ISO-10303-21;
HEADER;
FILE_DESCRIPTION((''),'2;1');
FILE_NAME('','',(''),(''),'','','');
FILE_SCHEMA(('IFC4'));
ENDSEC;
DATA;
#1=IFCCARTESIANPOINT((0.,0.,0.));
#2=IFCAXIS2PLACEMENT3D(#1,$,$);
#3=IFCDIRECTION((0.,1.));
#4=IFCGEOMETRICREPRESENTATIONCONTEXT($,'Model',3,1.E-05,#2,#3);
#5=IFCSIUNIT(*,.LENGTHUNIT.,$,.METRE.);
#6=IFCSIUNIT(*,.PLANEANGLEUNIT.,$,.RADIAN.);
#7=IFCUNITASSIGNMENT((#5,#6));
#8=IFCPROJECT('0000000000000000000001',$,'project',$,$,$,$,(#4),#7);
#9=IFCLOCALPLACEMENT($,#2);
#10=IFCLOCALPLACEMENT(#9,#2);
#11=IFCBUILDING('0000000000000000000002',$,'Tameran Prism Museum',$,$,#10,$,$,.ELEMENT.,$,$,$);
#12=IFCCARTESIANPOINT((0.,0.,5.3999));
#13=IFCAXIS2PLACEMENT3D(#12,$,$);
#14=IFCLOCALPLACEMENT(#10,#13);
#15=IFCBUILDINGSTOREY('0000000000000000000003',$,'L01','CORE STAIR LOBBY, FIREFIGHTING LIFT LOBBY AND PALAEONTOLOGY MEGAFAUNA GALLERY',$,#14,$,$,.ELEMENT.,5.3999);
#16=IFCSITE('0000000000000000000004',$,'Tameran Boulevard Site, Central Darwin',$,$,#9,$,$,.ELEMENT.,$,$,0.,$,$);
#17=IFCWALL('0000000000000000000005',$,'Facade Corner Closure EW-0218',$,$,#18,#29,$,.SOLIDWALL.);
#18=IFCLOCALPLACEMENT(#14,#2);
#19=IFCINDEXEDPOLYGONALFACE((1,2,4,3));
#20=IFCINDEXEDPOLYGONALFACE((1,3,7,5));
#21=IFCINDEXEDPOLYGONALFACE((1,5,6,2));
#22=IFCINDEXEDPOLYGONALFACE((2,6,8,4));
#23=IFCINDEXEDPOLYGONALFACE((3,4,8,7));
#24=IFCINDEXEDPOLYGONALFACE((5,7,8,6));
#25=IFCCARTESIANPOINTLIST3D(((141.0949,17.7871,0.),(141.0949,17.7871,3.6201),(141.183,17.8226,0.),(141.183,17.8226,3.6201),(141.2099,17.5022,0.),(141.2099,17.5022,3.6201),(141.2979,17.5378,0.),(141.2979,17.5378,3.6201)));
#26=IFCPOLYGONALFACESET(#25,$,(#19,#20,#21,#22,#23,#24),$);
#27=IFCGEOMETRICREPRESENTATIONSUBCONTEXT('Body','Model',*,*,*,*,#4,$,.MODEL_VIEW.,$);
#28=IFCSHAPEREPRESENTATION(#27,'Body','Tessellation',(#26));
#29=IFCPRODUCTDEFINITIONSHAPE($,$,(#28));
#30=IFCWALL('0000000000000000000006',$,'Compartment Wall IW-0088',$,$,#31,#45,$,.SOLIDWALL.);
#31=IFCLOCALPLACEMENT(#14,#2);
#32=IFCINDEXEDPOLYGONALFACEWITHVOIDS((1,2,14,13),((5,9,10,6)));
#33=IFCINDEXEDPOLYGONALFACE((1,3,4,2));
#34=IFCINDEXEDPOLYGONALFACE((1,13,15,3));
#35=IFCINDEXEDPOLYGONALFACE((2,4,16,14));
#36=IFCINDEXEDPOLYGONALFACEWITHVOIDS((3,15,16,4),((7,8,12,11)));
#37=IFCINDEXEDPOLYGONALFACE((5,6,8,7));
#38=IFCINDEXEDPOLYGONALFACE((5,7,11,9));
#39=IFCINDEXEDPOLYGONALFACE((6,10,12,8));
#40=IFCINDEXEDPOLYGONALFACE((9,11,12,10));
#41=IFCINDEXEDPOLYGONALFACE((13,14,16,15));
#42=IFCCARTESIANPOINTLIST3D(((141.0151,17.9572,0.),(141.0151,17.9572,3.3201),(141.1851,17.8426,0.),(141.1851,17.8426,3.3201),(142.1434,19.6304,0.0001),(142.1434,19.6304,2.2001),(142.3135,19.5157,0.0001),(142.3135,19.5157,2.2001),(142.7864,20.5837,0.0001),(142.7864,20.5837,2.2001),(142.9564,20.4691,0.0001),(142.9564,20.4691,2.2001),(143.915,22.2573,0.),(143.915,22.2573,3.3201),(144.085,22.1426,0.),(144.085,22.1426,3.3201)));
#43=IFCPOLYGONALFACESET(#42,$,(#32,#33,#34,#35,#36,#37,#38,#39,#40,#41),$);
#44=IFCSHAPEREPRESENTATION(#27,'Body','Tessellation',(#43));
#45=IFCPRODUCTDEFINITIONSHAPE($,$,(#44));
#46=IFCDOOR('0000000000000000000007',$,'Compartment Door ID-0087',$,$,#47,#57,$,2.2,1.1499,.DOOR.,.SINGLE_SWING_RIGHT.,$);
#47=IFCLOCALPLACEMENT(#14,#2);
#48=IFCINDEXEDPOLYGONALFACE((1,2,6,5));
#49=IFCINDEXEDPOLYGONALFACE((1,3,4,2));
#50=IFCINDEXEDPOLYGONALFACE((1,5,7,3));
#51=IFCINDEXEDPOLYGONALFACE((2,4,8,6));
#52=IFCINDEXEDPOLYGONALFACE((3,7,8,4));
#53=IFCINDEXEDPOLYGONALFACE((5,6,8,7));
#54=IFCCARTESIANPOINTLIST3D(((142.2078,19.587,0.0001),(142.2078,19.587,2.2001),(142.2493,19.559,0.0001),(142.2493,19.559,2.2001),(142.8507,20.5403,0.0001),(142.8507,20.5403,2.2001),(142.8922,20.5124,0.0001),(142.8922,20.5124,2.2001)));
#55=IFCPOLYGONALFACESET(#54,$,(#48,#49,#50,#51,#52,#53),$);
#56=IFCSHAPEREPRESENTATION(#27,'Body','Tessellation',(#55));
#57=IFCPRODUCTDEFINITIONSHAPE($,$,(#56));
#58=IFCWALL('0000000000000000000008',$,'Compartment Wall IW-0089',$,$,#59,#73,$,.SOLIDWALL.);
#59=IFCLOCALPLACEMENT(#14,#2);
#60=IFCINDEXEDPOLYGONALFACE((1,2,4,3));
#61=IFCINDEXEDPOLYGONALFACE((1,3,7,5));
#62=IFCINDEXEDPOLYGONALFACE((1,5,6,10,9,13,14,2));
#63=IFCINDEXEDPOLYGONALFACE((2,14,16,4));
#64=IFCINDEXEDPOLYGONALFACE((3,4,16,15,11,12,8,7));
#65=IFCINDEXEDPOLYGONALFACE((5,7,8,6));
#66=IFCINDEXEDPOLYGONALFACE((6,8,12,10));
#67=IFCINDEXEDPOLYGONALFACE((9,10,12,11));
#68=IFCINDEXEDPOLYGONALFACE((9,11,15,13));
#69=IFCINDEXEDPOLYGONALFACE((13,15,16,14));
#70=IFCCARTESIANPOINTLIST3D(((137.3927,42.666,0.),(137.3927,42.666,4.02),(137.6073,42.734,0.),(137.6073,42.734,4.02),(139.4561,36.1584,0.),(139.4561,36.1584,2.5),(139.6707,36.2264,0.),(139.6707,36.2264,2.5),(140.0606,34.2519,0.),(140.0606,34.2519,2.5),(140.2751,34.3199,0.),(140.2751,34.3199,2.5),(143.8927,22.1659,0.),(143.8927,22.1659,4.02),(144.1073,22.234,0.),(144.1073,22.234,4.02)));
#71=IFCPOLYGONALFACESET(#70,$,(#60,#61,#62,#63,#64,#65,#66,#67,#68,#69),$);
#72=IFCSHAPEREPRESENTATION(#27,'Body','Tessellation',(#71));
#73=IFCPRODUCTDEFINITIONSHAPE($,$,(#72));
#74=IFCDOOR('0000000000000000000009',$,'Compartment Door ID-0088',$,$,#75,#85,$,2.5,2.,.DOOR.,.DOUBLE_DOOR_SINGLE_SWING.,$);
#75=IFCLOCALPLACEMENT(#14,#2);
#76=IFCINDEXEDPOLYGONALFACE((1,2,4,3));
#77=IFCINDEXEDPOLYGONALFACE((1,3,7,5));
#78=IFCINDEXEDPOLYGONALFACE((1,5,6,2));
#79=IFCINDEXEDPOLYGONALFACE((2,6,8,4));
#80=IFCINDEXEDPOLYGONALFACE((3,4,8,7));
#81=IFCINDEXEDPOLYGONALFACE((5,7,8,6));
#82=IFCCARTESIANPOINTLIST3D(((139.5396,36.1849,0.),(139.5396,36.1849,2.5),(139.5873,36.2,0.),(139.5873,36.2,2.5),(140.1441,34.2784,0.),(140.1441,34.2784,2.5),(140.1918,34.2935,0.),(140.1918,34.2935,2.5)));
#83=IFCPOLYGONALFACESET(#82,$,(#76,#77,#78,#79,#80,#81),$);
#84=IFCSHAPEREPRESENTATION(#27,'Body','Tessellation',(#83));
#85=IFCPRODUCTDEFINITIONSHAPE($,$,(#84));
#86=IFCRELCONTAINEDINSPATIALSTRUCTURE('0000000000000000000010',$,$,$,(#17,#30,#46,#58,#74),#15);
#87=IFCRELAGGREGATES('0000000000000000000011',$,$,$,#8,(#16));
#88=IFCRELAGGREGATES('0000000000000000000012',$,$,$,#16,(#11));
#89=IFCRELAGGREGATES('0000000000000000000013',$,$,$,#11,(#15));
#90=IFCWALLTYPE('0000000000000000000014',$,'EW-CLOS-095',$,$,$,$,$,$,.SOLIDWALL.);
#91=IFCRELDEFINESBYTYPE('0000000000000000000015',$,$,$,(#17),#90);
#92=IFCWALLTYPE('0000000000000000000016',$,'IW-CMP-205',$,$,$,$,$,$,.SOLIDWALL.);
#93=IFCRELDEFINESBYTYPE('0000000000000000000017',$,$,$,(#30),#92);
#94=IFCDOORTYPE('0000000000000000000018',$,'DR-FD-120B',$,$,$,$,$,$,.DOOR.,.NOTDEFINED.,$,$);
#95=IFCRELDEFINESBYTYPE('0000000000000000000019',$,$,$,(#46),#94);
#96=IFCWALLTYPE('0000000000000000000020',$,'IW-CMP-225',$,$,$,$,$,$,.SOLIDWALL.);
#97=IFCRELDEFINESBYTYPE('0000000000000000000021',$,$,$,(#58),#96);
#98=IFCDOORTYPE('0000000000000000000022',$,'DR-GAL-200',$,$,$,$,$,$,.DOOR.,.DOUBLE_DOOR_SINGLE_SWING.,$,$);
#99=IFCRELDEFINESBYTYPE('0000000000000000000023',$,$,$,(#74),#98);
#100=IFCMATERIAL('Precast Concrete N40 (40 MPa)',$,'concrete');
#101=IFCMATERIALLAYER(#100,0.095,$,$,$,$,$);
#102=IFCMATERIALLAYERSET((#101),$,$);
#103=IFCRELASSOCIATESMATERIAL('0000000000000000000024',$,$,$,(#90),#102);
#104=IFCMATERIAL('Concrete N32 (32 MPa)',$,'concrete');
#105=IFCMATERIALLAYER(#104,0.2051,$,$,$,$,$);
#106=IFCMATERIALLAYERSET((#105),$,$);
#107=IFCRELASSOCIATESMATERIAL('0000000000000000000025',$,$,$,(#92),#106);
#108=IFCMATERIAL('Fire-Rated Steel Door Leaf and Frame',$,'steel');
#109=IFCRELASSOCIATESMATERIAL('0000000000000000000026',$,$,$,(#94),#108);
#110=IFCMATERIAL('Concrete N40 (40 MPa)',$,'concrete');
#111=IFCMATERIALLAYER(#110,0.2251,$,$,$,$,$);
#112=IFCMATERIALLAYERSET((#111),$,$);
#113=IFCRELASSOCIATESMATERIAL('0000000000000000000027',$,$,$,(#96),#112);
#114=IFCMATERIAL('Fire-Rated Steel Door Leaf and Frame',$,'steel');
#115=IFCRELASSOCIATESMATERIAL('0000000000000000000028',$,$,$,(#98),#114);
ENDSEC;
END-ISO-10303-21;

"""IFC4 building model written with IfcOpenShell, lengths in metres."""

from ifc_helpers import new_model, si_unit, direction, frame, frame_2d, origin, place, context, subcontext, project, spatial, rectangle, extrude, material, layer, layer_set, type_object, element, fill, save


model = new_model("IFC4")

# Units and contexts
model_context = context("Model", 3, precision=1e-05, world=origin(), true_north=direction((0.0, 1.0)))
body_context = subcontext(model_context, "Body", "Model", "MODEL_VIEW")
ifc_project = project(units=[si_unit("LENGTHUNIT", "METRE"), si_unit("PLANEANGLEUNIT", "RADIAN")], contexts=[model_context])

# Site, building, storey
site_placement = place(None, origin())
site = spatial("IfcSite", under=ifc_project, at=site_placement, Name="Tameran Boulevard Site, Central Darwin", CompositionType="ELEMENT", RefElevation=0.0)
building_placement = place(site_placement, origin())
building = spatial("IfcBuilding", under=site, at=building_placement, Name="Tameran Prism Museum", CompositionType="ELEMENT")
storey_placement = place(building_placement, frame((0.0, 0.0, 5.3999)))
storey = spatial("IfcBuildingStorey", under=building, at=storey_placement, Name="L01", Description="CORE STAIR LOBBY, FIREFIGHTING LIFT LOBBY AND PALAEONTOLOGY MEGAFAUNA GALLERY", CompositionType="ELEMENT", Elevation=5.3999)

# Wall
ifc_material_1 = material(Name="Precast Concrete N40 (40 MPa)", Category="concrete")
ifc_layer_1 = layer(ifc_material_1, 0.095)
ifc_layer_set_1 = layer_set([ifc_layer_1])
wall_type_1 = type_object("IfcWallType", Name="EW-CLOS-095", PredefinedType="SOLIDWALL", material=ifc_layer_set_1)
wall_1_placement = place(storey_placement, frame((141.2539, 17.52, 0.0), z_axis=(0.0, 0.0, 1.0), x_axis=(-0.374266, 0.927321, 0.0)))
element("IfcWall", 1, at=wall_1_placement, inside=storey, type_object=wall_type_1, Name="Facade Corner Closure EW-0218", PredefinedType="SOLIDWALL", context=body_context, shape_type="SweptSolid", body=[
    extrude(rectangle(XDim=0.3071, YDim=0.095, at=frame_2d((0.1536, 0.0))), origin(), (0.0, 0.0, 1.0), 3.6201),
])

# Walls, openings, doors
ifc_material_2 = material(Name="Concrete N32 (32 MPa)", Category="concrete")
ifc_layer_2 = layer(ifc_material_2, 0.2051)
ifc_layer_set_2 = layer_set([ifc_layer_2])
wall_type_2 = type_object("IfcWallType", Name="IW-CMP-205", PredefinedType="SOLIDWALL", material=ifc_layer_set_2)
wall_2_placement = place(storey_placement, frame((141.1001, 17.8999, 0.0), z_axis=(0.0, 0.0, 1.0), x_axis=(0.559124, 0.829084, 0.0)))
wall_2 = element("IfcWall", 2, at=wall_2_placement, inside=storey, type_object=wall_type_2, Name="Compartment Wall IW-0088", PredefinedType="SOLIDWALL", context=body_context, shape_type="SweptSolid", body=[
    extrude(rectangle(XDim=5.1865, YDim=0.2051, at=frame_2d((2.5933, 0.0))), origin(), (0.0, 0.0, 1.0), 3.3201),
])
opening_1_placement = place(wall_2_placement, frame((2.0181, 0.0, 0.0)))
opening_1 = element("IfcOpeningElement", 3, at=opening_1_placement, cuts=wall_2, PredefinedType="OPENING", context=body_context, shape_type="SweptSolid", body=[
    extrude(rectangle(XDim=1.1499, YDim=2.2, at=frame_2d((0.575, 1.1001))), frame((0.0, 0.1125, 0.0), z_axis=(0.0, -1.0, 0.0), x_axis=(1.0, 0.0, 0.0)), (0.0, 0.0, 1.0), 0.2251),
])
ifc_material_3 = material(Name="Fire-Rated Steel Door Leaf and Frame", Category="steel")
door_type_1 = type_object("IfcDoorType", Name="DR-FD-120B", OperationType="NOTDEFINED", PredefinedType="DOOR", material=ifc_material_3)
door_1_placement = place(opening_1_placement, origin())
door_1 = element("IfcDoor", 4, at=door_1_placement, inside=storey, type_object=door_type_1, Name="Compartment Door ID-0087", OperationType="SINGLE_SWING_RIGHT", OverallHeight=2.2, OverallWidth=1.1499, PredefinedType="DOOR", context=body_context, shape_type="SweptSolid", body=[
    extrude(rectangle(XDim=1.1499, YDim=2.2, at=frame_2d((0.575, 1.1001))), frame((0.0, 0.0249, 0.0), z_axis=(0.0, -1.0, 0.0), x_axis=(1.0, 0.0, 0.0)), (0.0, 0.0, 1.0), 0.05),
])
fill(opening_1, door_1)
ifc_material_4 = material(Name="Concrete N40 (40 MPa)", Category="concrete")
ifc_layer_3 = layer(ifc_material_4, 0.2251)
ifc_layer_set_3 = layer_set([ifc_layer_3])
wall_type_3 = type_object("IfcWallType", Name="IW-CMP-225", PredefinedType="SOLIDWALL", material=ifc_layer_set_3)
wall_3_placement = place(storey_placement, frame((144.0, 22.2, 0.0), z_axis=(0.0, 0.0, 1.0), x_axis=(-0.302244, 0.953231, 0.0)))
wall_3 = element("IfcWall", 5, at=wall_3_placement, inside=storey, type_object=wall_type_3, Name="Compartment Wall IW-0089", PredefinedType="SOLIDWALL", context=body_context, shape_type="SweptSolid", body=[
    extrude(rectangle(XDim=21.5059, YDim=0.2251, at=frame_2d((10.7529, 0.0))), origin(), (0.0, 0.0, 1.0), 4.02),
])
opening_2_placement = place(wall_3_placement, frame((12.679, 0.0, 0.0)))
opening_2 = element("IfcOpeningElement", 6, at=opening_2_placement, cuts=wall_3, PredefinedType="OPENING", context=body_context, shape_type="SweptSolid", body=[
    extrude(rectangle(XDim=2.0, YDim=2.5, at=frame_2d((1.0, 1.25))), frame((0.0, 0.1226, 0.0), z_axis=(0.0, -1.0, 0.0), x_axis=(1.0, 0.0, 0.0)), (0.0, 0.0, 1.0), 0.2451),
])
ifc_material_5 = material(Name="Fire-Rated Steel Door Leaf and Frame", Category="steel")
door_type_2 = type_object("IfcDoorType", Name="DR-GAL-200", OperationType="DOUBLE_DOOR_SINGLE_SWING", PredefinedType="DOOR", material=ifc_material_5)
door_2_placement = place(opening_2_placement, origin())
door_2 = element("IfcDoor", 7, at=door_2_placement, inside=storey, type_object=door_type_2, Name="Compartment Door ID-0088", OperationType="DOUBLE_DOOR_SINGLE_SWING", OverallHeight=2.5, OverallWidth=2.0, PredefinedType="DOOR", context=body_context, shape_type="SweptSolid", body=[
    extrude(rectangle(XDim=2.0, YDim=2.5, at=frame_2d((1.0, 1.25))), frame((0.0, 0.0249, 0.0), z_axis=(0.0, -1.0, 0.0), x_axis=(1.0, 0.0, 0.0)), (0.0, 0.0, 1.0), 0.05),
])
fill(opening_2, door_2)

save(model, "model.ifc")
